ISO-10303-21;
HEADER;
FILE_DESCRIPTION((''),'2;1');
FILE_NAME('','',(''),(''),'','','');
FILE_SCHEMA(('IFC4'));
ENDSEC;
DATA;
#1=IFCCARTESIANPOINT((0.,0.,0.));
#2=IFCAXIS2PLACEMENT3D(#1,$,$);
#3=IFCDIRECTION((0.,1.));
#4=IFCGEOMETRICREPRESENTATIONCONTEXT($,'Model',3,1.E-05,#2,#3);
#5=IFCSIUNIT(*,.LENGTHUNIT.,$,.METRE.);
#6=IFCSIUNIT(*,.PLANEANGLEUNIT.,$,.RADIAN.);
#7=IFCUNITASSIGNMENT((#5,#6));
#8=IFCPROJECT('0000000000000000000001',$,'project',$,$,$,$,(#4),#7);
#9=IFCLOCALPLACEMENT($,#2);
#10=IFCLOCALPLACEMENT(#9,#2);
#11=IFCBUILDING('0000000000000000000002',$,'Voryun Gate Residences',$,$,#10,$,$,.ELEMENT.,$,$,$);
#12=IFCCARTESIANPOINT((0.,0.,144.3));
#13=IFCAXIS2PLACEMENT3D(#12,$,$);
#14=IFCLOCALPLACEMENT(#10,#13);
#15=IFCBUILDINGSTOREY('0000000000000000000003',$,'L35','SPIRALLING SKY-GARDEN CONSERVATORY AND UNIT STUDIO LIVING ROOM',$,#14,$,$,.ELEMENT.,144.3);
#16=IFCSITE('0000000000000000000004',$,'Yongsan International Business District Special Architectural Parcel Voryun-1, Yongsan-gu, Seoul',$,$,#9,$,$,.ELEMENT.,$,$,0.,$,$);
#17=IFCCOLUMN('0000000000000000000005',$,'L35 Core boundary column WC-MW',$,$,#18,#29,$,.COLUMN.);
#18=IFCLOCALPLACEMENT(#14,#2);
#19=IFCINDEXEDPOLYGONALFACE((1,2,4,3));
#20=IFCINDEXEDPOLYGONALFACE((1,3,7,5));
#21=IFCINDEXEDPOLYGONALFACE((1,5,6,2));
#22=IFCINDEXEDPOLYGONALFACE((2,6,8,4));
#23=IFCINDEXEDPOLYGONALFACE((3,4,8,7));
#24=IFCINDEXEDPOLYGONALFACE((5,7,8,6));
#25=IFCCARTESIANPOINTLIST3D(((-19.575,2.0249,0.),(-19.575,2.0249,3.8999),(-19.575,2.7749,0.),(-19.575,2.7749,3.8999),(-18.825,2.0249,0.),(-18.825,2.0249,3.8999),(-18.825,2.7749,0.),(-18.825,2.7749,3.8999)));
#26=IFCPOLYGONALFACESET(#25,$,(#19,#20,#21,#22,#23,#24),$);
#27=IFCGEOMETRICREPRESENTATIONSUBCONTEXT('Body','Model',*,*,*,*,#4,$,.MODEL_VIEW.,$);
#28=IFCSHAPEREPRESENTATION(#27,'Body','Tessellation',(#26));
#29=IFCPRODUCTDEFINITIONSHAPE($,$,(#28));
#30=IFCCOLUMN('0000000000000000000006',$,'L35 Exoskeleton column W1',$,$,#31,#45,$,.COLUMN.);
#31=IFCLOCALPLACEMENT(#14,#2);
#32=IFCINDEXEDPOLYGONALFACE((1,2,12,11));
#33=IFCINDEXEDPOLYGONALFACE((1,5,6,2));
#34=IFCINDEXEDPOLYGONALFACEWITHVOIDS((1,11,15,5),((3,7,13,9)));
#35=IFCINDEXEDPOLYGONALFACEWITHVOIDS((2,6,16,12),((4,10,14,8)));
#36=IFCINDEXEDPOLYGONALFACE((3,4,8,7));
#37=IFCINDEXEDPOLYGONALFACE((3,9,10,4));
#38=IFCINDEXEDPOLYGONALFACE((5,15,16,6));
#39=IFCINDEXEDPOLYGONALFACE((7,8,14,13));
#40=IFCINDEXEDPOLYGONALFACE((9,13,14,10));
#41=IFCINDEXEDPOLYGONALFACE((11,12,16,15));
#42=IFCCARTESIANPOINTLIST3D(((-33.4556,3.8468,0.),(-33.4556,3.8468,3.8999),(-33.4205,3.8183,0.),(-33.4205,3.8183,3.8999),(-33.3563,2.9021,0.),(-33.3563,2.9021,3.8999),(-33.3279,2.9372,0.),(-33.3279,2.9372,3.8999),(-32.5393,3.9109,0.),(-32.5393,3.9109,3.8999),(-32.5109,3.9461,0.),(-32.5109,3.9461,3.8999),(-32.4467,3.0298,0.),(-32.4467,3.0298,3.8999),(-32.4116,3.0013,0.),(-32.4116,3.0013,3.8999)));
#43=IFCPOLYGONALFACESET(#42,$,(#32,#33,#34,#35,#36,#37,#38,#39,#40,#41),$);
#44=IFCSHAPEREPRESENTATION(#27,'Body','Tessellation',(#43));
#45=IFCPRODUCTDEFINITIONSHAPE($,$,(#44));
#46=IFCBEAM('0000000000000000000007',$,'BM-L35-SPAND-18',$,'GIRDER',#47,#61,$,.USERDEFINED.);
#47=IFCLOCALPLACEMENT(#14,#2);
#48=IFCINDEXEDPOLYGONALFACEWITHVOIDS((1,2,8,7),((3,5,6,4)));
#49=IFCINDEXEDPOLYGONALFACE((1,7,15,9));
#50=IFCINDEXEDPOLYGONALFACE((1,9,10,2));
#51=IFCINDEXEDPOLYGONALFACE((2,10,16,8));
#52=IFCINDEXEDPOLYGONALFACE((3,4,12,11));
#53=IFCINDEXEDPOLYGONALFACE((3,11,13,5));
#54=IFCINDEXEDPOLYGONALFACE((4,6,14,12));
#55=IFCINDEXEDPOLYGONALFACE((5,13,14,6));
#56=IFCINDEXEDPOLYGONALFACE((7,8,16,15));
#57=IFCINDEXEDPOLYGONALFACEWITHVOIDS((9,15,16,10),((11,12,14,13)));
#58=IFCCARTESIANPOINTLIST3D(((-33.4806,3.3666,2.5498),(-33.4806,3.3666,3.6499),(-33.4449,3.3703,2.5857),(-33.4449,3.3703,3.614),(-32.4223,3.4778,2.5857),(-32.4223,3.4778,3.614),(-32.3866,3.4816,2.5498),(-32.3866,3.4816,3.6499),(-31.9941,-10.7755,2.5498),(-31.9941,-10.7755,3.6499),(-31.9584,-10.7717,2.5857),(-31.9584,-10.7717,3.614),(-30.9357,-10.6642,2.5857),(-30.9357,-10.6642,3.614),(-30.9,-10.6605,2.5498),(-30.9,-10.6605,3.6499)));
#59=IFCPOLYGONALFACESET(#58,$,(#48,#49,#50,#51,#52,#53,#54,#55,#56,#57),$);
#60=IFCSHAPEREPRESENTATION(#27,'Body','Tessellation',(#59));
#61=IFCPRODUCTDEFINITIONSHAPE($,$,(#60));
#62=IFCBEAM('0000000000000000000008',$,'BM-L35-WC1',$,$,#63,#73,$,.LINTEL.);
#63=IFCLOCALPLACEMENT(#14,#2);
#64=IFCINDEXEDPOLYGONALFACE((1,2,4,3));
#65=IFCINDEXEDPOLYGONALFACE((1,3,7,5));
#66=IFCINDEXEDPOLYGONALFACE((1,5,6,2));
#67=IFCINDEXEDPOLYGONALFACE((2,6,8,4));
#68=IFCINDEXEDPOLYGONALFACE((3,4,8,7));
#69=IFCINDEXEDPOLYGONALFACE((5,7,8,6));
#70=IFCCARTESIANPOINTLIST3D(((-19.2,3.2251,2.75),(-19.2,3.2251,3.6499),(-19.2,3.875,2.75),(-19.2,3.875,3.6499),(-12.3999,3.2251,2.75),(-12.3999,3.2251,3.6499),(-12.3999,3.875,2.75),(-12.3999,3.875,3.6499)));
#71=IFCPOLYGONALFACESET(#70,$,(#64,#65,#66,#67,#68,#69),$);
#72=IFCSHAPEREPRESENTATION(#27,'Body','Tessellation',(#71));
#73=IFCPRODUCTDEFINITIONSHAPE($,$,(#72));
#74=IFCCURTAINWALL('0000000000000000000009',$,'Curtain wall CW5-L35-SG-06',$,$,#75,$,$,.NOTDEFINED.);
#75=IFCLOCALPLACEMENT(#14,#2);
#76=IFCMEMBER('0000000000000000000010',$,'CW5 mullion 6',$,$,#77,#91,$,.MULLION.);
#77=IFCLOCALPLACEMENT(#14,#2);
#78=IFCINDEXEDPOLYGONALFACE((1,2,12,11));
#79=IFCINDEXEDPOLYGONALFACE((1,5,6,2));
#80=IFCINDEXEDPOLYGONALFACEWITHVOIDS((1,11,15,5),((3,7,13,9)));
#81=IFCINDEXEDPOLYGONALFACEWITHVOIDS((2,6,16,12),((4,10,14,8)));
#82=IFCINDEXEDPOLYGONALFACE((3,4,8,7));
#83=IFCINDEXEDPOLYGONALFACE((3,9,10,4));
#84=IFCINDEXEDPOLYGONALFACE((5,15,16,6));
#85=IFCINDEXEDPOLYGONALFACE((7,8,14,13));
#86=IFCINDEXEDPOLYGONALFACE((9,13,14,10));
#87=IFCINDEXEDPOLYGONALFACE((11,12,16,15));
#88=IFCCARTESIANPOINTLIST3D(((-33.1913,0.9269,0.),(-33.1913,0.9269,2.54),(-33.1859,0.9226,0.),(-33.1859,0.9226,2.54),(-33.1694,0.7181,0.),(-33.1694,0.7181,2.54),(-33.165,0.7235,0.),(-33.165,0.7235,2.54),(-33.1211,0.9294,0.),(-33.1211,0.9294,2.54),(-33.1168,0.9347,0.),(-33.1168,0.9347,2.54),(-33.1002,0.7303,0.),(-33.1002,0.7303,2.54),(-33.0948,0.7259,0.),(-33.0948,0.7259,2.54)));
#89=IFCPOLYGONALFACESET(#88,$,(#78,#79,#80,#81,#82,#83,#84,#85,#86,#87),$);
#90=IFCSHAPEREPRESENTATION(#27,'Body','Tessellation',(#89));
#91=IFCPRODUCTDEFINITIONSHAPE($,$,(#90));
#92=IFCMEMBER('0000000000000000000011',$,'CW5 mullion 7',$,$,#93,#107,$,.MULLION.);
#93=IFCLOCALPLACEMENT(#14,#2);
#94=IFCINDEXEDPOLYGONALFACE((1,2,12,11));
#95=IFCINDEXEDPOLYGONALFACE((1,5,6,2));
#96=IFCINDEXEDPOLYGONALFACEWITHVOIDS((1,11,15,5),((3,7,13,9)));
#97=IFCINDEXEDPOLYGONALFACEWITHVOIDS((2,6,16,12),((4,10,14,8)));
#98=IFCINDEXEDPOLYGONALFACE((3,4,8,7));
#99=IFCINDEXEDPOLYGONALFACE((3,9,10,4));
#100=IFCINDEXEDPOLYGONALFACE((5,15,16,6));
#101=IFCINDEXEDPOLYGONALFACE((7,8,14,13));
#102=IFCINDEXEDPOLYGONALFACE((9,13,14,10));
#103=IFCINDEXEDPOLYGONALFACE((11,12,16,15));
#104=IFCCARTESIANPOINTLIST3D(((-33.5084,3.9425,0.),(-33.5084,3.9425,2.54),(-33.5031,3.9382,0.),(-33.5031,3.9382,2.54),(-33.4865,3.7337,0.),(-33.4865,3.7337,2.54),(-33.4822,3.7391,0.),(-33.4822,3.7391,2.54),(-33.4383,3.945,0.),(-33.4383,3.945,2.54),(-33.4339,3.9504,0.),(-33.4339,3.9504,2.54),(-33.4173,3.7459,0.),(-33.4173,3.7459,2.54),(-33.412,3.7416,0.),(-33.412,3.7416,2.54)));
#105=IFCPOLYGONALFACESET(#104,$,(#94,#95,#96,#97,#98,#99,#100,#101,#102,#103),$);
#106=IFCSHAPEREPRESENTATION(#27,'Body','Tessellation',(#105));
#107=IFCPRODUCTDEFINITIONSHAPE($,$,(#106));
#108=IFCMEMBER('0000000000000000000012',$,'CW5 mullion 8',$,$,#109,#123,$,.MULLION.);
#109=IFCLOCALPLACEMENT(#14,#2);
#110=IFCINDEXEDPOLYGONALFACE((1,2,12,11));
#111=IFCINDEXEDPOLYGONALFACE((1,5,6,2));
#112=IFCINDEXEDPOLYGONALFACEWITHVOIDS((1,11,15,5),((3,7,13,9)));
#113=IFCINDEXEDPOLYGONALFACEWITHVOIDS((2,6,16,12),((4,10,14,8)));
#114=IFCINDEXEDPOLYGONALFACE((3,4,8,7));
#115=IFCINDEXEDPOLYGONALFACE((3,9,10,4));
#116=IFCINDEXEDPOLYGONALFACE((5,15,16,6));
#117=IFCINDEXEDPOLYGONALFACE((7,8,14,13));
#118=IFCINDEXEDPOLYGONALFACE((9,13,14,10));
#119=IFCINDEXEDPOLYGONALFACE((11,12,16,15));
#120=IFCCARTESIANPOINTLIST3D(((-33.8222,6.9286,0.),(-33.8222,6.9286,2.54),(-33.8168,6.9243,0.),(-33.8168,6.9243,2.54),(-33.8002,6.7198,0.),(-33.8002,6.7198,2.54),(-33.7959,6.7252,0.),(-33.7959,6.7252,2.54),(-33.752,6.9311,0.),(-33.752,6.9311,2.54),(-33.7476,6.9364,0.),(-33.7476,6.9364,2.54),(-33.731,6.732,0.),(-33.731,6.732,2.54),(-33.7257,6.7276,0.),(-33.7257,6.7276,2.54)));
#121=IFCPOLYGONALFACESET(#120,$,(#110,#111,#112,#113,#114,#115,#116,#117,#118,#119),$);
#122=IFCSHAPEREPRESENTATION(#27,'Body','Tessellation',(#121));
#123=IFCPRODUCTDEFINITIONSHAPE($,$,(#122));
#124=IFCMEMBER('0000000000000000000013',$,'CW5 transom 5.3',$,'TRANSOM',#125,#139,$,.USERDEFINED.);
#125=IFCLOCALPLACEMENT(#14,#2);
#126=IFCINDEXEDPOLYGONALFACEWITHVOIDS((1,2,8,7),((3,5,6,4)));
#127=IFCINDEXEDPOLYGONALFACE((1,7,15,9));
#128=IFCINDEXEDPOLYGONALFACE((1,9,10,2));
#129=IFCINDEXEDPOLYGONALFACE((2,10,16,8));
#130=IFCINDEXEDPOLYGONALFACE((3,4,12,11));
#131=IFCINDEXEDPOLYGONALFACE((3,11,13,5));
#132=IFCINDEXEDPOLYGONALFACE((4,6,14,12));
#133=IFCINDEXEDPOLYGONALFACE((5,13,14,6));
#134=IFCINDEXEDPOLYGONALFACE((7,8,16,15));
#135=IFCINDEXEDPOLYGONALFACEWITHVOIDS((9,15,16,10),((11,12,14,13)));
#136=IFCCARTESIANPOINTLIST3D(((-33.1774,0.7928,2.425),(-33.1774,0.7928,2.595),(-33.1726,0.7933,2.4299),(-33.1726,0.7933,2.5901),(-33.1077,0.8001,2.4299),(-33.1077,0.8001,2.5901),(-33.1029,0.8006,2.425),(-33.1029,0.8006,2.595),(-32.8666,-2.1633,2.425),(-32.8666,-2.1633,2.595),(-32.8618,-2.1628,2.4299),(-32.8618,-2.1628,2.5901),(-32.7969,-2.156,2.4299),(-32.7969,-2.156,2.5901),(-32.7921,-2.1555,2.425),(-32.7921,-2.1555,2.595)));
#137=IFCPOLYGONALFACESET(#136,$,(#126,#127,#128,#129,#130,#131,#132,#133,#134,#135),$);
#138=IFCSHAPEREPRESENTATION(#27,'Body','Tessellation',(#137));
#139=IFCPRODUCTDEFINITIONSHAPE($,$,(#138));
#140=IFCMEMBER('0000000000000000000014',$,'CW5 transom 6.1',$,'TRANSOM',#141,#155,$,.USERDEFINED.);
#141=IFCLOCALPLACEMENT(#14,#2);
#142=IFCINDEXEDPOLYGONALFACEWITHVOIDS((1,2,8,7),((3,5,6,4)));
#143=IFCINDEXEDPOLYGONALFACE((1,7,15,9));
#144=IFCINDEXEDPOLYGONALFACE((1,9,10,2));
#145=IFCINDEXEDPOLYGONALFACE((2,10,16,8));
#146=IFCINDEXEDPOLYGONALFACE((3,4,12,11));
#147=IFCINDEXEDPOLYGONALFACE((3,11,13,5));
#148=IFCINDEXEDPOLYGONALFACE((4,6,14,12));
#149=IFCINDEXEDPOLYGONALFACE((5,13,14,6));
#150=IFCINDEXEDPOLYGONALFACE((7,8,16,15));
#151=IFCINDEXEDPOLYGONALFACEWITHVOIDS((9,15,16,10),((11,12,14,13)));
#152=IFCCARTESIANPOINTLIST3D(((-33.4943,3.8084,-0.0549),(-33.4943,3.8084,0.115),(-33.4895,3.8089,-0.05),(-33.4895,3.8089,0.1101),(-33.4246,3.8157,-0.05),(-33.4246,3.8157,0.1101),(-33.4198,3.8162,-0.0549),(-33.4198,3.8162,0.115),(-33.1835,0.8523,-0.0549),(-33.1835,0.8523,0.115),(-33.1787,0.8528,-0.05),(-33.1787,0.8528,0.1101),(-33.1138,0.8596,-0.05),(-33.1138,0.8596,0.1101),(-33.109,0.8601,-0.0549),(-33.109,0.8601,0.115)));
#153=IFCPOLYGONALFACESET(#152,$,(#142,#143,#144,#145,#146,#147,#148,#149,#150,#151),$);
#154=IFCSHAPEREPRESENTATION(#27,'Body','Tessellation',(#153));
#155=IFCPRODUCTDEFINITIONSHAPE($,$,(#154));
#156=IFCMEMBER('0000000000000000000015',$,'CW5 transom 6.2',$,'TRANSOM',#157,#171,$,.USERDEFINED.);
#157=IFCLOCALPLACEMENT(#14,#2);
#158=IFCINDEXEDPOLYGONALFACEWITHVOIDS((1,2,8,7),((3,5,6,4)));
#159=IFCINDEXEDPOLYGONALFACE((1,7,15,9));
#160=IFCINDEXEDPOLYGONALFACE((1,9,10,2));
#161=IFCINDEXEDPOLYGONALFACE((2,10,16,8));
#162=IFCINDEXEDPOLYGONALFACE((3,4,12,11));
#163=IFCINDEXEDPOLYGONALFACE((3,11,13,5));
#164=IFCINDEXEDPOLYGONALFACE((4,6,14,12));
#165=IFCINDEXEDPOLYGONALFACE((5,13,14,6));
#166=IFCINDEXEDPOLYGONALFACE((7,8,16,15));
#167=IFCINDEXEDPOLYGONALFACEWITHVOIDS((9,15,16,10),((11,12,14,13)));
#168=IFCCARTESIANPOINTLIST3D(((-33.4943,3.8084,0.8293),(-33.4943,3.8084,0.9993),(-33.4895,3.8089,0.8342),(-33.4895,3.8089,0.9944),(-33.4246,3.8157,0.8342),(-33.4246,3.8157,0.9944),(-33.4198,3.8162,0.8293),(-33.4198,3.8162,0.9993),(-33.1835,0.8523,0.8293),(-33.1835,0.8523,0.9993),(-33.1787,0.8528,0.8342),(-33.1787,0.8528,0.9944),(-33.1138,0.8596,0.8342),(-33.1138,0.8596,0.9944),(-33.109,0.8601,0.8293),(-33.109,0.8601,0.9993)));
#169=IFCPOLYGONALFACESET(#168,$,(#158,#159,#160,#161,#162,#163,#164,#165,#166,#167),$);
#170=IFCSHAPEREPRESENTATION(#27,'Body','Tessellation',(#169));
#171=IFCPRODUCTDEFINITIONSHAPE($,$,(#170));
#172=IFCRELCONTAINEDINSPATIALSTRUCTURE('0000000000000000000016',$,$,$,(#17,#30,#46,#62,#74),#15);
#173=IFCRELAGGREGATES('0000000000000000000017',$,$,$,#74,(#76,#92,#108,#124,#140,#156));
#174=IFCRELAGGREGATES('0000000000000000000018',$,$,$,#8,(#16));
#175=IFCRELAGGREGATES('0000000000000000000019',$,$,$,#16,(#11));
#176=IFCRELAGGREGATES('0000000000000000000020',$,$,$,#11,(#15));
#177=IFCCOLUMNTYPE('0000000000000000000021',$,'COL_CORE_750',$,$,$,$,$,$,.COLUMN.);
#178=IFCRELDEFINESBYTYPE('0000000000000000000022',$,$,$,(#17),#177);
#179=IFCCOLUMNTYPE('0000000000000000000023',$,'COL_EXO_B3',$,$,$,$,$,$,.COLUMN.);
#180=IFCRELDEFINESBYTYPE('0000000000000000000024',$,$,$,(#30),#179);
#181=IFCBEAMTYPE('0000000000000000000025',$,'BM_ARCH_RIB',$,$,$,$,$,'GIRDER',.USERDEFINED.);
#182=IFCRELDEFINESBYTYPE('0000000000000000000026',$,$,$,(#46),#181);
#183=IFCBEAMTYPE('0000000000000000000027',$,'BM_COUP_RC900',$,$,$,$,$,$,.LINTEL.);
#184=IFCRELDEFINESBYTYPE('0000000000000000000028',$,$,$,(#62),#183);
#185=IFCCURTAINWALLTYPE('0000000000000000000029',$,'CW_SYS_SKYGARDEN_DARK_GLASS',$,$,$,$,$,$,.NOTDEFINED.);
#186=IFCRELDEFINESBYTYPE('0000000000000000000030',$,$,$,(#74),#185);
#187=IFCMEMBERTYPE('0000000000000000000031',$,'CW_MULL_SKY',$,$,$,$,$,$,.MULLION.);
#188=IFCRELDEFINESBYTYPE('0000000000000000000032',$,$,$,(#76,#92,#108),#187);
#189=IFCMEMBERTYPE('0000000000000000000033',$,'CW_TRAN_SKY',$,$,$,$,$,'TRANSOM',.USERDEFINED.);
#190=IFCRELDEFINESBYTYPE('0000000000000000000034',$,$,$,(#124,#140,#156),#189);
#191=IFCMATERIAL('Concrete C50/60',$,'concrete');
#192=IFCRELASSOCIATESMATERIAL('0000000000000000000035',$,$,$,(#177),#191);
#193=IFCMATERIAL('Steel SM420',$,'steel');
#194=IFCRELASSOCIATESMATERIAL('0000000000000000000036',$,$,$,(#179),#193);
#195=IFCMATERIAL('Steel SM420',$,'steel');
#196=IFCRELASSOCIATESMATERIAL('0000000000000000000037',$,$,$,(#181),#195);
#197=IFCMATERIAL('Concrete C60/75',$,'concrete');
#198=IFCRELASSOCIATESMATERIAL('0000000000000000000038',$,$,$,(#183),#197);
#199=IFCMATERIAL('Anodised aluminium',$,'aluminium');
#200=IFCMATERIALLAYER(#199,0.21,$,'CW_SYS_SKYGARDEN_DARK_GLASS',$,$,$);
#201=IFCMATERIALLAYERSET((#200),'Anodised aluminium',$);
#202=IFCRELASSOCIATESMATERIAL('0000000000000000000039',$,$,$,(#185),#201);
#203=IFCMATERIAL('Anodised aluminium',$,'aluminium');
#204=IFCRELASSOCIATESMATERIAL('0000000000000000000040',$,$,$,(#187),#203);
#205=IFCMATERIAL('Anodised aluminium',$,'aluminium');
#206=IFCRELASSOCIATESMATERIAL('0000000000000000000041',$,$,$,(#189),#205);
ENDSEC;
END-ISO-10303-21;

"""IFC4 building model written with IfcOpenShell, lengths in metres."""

from ifc_helpers import new_model, si_unit, direction, frame, origin, origin_2d, place, context, subcontext, project, spatial, rectangle, hollow_rectangle, extrude, material, layer, layer_set, material_profile, profile_set, type_object, element, aggregate, save


model = new_model("IFC4")

# Units and contexts
model_context = context("Model", 3, precision=1e-05, world=origin(), true_north=direction((0.0, 1.0)))
body_context = subcontext(model_context, "Body", "Model", "MODEL_VIEW")
ifc_project = project(units=[si_unit("LENGTHUNIT", "METRE"), si_unit("PLANEANGLEUNIT", "RADIAN")], contexts=[model_context])

# Site, building, storey
site_placement = place(None, origin())
site = spatial("IfcSite", under=ifc_project, at=site_placement, Name="Yongsan International Business District Special Architectural Parcel Voryun-1, Yongsan-gu, Seoul", CompositionType="ELEMENT", RefElevation=0.0)
building_placement = place(site_placement, origin())
building = spatial("IfcBuilding", under=site, at=building_placement, Name="Voryun Gate Residences", CompositionType="ELEMENT")
storey_placement = place(building_placement, frame((0.0, 0.0, 144.3)))
storey = spatial("IfcBuildingStorey", under=building, at=storey_placement, Name="L35", Description="SPIRALLING SKY-GARDEN CONSERVATORY AND UNIT STUDIO LIVING ROOM", CompositionType="ELEMENT", Elevation=144.3)

# Columns
ifc_material_1 = material(Name="Concrete C50/60", Category="concrete")
ifc_material_profile_1 = material_profile(ifc_material_1, rectangle(XDim=0.75, YDim=0.75, at=origin_2d()), Name="RC-750x750")
ifc_profile_set_1 = profile_set([ifc_material_profile_1], Name="Concrete C50/60")
column_type_1 = type_object("IfcColumnType", Name="COL_CORE_750", PredefinedType="COLUMN", material=ifc_profile_set_1)
column_1_placement = place(storey_placement, frame((-19.2, 2.3999, 0.0), z_axis=(0.0, 0.0, 1.0), x_axis=(1.0, 0.0, 0.0)))
element("IfcColumn", 1, at=column_1_placement, inside=storey, type_object=column_type_1, Name="L35 Core boundary column WC-MW", PredefinedType="COLUMN", context=body_context, shape_type="SweptSolid", body=[
    extrude(rectangle(XDim=0.75, YDim=0.75, at=origin_2d()), origin(), (0.0, 0.0, 1.0), 3.8999),
])
ifc_material_2 = material(Name="Steel SM420", Category="steel")
ifc_material_profile_2 = material_profile(ifc_material_2, hollow_rectangle(XDim=0.95, YDim=0.95, WallThickness=0.032, at=origin_2d()), Name="BOX-950x950x32")
ifc_profile_set_2 = profile_set([ifc_material_profile_2], Name="Steel SM420")
column_type_2 = type_object("IfcColumnType", Name="COL_EXO_B3", PredefinedType="COLUMN", material=ifc_profile_set_2)
column_2_placement = place(storey_placement, frame((-32.9336, 3.4241, 0.0), z_axis=(0.0, 0.0, 1.0), x_axis=(0.994522, 0.104528, 0.0)))
element("IfcColumn", 2, at=column_2_placement, inside=storey, type_object=column_type_2, Name="L35 Exoskeleton column W1", PredefinedType="COLUMN", context=body_context, shape_type="SweptSolid", body=[
    extrude(hollow_rectangle(XDim=0.95, YDim=0.95, WallThickness=0.032, at=origin_2d()), origin(), (0.0, 0.0, 1.0), 3.8999),
])

# Beams
ifc_material_3 = material(Name="Steel SM420", Category="steel")
ifc_material_profile_3 = material_profile(ifc_material_3, hollow_rectangle(XDim=1.1001, YDim=1.1001, WallThickness=0.0359, at=origin_2d()), Name="BOX-1100x1100x36")
ifc_profile_set_3 = profile_set([ifc_material_profile_3], Name="Steel SM420")
beam_type_1 = type_object("IfcBeamType", Name="BM_ARCH_RIB", ElementType="GIRDER", PredefinedType="USERDEFINED", material=ifc_profile_set_3)
beam_1_placement = place(storey_placement, frame((-32.9336, 3.4241, 3.0999), z_axis=(0.104541, -0.994521, 0.0), x_axis=(0.994521, 0.104541, 0.0)))
element("IfcBeam", 3, at=beam_1_placement, inside=storey, type_object=beam_type_1, Name="BM-L35-SPAND-18", ObjectType="GIRDER", PredefinedType="USERDEFINED", context=body_context, shape_type="SweptSolid", body=[
    extrude(hollow_rectangle(XDim=1.1001, YDim=1.1001, WallThickness=0.0359, at=origin_2d()), origin(), (0.0, 0.0, 1.0), 14.22),
])
ifc_material_4 = material(Name="Concrete C60/75", Category="concrete")
ifc_material_profile_4 = material_profile(ifc_material_4, rectangle(XDim=0.6499, YDim=0.8999, at=origin_2d()), Name="RC-650x900")
ifc_profile_set_4 = profile_set([ifc_material_profile_4], Name="Concrete C60/75")
beam_type_2 = type_object("IfcBeamType", Name="BM_COUP_RC900", PredefinedType="LINTEL", material=ifc_profile_set_4)
beam_2_placement = place(storey_placement, frame((-19.2, 3.55, 3.2), z_axis=(1.0, 0.0, 0.0), x_axis=(0.0, 1.0, 0.0)))
element("IfcBeam", 4, at=beam_2_placement, inside=storey, type_object=beam_type_2, Name="BM-L35-WC1", PredefinedType="LINTEL", context=body_context, shape_type="SweptSolid", body=[
    extrude(rectangle(XDim=0.6499, YDim=0.8999, at=origin_2d()), origin(), (0.0, 0.0, 1.0), 6.8),
])

# Curtain wall, members
ifc_material_5 = material(Name="Anodised aluminium", Category="aluminium")
ifc_layer_1 = layer(ifc_material_5, 0.21, Name="CW_SYS_SKYGARDEN_DARK_GLASS")
ifc_layer_set_1 = layer_set([ifc_layer_1], Name="Anodised aluminium")
curtain_wall_type = type_object("IfcCurtainWallType", Name="CW_SYS_SKYGARDEN_DARK_GLASS", PredefinedType="NOTDEFINED", material=ifc_layer_set_1)
curtain_wall_placement = place(storey_placement, origin())
curtain_wall = element("IfcCurtainWall", 5, at=curtain_wall_placement, inside=storey, type_object=curtain_wall_type, Name="Curtain wall CW5-L35-SG-06", PredefinedType="NOTDEFINED")
ifc_material_6 = material(Name="Anodised aluminium", Category="aluminium")
ifc_material_profile_5 = material_profile(ifc_material_6, hollow_rectangle(XDim=0.075, YDim=0.21, WallThickness=0.0049, at=origin_2d()), Name="ALU-MULL-210x75x5")
ifc_profile_set_5 = profile_set([ifc_material_profile_5], Name="Anodised aluminium")
member_type_1 = type_object("IfcMemberType", Name="CW_MULL_SKY", PredefinedType="MULLION", material=ifc_profile_set_5)
member_1_placement = place(storey_placement, frame((-33.1431, 0.8264, 0.0), z_axis=(0.0, 0.0, 1.0), x_axis=(-0.994522, -0.10453, 0.0)))
member_1 = element("IfcMember", 6, at=member_1_placement, type_object=member_type_1, Name="CW5 mullion 6", PredefinedType="MULLION", context=body_context, shape_type="SweptSolid", body=[
    extrude(hollow_rectangle(XDim=0.075, YDim=0.21, WallThickness=0.0049, at=origin_2d()), origin(), (0.0, 0.0, 1.0), 2.54),
])
member_2_placement = place(storey_placement, frame((-33.4602, 3.842, 0.0), z_axis=(0.0, 0.0, 1.0), x_axis=(-0.994522, -0.10453, 0.0)))
member_2 = element("IfcMember", 7, at=member_2_placement, type_object=member_type_1, Name="CW5 mullion 7", PredefinedType="MULLION", context=body_context, shape_type="SweptSolid", body=[
    extrude(hollow_rectangle(XDim=0.075, YDim=0.21, WallThickness=0.0049, at=origin_2d()), origin(), (0.0, 0.0, 1.0), 2.54),
])
member_3_placement = place(storey_placement, frame((-33.7739, 6.8281, 0.0), z_axis=(0.0, 0.0, 1.0), x_axis=(-0.994522, -0.10453, 0.0)))
member_3 = element("IfcMember", 8, at=member_3_placement, type_object=member_type_1, Name="CW5 mullion 8", PredefinedType="MULLION", context=body_context, shape_type="SweptSolid", body=[
    extrude(hollow_rectangle(XDim=0.075, YDim=0.21, WallThickness=0.0049, at=origin_2d()), origin(), (0.0, 0.0, 1.0), 2.54),
])
ifc_material_7 = material(Name="Anodised aluminium", Category="aluminium")
ifc_material_profile_6 = material_profile(ifc_material_7, hollow_rectangle(XDim=0.075, YDim=0.1699, WallThickness=0.0049, at=origin_2d()), Name="ALU-TRAN-170x75x5")
ifc_profile_set_6 = profile_set([ifc_material_profile_6], Name="Anodised aluminium")
member_type_2 = type_object("IfcMemberType", Name="CW_TRAN_SKY", ElementType="TRANSOM", PredefinedType="USERDEFINED", material=ifc_profile_set_6)
member_4_placement = place(storey_placement, frame((-32.8293, -2.1594, 2.51), z_axis=(-0.104561, 0.994518, 0.0), x_axis=(-0.994518, -0.104561, 0.0)))
member_4 = element("IfcMember", 9, at=member_4_placement, type_object=member_type_2, Name="CW5 transom 5.3", ObjectType="TRANSOM", PredefinedType="USERDEFINED", context=body_context, shape_type="SweptSolid", body=[
    extrude(hollow_rectangle(XDim=0.075, YDim=0.1699, WallThickness=0.0049, at=origin_2d()), origin(), (0.0, 0.0, 1.0), 2.9724),
])
member_5_placement = place(storey_placement, frame((-33.1462, 0.8562, 0.03), z_axis=(-0.104561, 0.994518, 0.0), x_axis=(-0.994518, -0.104561, 0.0)))
member_5 = element("IfcMember", 10, at=member_5_placement, type_object=member_type_2, Name="CW5 transom 6.1", ObjectType="TRANSOM", PredefinedType="USERDEFINED", context=body_context, shape_type="SweptSolid", body=[
    extrude(hollow_rectangle(XDim=0.075, YDim=0.1699, WallThickness=0.0049, at=origin_2d()), origin(), (0.0, 0.0, 1.0), 2.9724),
])
member_6_placement = place(storey_placement, frame((-33.1462, 0.8562, 0.9143), z_axis=(-0.104561, 0.994518, 0.0), x_axis=(-0.994518, -0.104561, 0.0)))
member_6 = element("IfcMember", 11, at=member_6_placement, type_object=member_type_2, Name="CW5 transom 6.2", ObjectType="TRANSOM", PredefinedType="USERDEFINED", context=body_context, shape_type="SweptSolid", body=[
    extrude(hollow_rectangle(XDim=0.075, YDim=0.1699, WallThickness=0.0049, at=origin_2d()), origin(), (0.0, 0.0, 1.0), 2.9724),
])

aggregate(curtain_wall, [member_1, member_2, member_3, member_4, member_5, member_6])

save(model, "model.ifc")
